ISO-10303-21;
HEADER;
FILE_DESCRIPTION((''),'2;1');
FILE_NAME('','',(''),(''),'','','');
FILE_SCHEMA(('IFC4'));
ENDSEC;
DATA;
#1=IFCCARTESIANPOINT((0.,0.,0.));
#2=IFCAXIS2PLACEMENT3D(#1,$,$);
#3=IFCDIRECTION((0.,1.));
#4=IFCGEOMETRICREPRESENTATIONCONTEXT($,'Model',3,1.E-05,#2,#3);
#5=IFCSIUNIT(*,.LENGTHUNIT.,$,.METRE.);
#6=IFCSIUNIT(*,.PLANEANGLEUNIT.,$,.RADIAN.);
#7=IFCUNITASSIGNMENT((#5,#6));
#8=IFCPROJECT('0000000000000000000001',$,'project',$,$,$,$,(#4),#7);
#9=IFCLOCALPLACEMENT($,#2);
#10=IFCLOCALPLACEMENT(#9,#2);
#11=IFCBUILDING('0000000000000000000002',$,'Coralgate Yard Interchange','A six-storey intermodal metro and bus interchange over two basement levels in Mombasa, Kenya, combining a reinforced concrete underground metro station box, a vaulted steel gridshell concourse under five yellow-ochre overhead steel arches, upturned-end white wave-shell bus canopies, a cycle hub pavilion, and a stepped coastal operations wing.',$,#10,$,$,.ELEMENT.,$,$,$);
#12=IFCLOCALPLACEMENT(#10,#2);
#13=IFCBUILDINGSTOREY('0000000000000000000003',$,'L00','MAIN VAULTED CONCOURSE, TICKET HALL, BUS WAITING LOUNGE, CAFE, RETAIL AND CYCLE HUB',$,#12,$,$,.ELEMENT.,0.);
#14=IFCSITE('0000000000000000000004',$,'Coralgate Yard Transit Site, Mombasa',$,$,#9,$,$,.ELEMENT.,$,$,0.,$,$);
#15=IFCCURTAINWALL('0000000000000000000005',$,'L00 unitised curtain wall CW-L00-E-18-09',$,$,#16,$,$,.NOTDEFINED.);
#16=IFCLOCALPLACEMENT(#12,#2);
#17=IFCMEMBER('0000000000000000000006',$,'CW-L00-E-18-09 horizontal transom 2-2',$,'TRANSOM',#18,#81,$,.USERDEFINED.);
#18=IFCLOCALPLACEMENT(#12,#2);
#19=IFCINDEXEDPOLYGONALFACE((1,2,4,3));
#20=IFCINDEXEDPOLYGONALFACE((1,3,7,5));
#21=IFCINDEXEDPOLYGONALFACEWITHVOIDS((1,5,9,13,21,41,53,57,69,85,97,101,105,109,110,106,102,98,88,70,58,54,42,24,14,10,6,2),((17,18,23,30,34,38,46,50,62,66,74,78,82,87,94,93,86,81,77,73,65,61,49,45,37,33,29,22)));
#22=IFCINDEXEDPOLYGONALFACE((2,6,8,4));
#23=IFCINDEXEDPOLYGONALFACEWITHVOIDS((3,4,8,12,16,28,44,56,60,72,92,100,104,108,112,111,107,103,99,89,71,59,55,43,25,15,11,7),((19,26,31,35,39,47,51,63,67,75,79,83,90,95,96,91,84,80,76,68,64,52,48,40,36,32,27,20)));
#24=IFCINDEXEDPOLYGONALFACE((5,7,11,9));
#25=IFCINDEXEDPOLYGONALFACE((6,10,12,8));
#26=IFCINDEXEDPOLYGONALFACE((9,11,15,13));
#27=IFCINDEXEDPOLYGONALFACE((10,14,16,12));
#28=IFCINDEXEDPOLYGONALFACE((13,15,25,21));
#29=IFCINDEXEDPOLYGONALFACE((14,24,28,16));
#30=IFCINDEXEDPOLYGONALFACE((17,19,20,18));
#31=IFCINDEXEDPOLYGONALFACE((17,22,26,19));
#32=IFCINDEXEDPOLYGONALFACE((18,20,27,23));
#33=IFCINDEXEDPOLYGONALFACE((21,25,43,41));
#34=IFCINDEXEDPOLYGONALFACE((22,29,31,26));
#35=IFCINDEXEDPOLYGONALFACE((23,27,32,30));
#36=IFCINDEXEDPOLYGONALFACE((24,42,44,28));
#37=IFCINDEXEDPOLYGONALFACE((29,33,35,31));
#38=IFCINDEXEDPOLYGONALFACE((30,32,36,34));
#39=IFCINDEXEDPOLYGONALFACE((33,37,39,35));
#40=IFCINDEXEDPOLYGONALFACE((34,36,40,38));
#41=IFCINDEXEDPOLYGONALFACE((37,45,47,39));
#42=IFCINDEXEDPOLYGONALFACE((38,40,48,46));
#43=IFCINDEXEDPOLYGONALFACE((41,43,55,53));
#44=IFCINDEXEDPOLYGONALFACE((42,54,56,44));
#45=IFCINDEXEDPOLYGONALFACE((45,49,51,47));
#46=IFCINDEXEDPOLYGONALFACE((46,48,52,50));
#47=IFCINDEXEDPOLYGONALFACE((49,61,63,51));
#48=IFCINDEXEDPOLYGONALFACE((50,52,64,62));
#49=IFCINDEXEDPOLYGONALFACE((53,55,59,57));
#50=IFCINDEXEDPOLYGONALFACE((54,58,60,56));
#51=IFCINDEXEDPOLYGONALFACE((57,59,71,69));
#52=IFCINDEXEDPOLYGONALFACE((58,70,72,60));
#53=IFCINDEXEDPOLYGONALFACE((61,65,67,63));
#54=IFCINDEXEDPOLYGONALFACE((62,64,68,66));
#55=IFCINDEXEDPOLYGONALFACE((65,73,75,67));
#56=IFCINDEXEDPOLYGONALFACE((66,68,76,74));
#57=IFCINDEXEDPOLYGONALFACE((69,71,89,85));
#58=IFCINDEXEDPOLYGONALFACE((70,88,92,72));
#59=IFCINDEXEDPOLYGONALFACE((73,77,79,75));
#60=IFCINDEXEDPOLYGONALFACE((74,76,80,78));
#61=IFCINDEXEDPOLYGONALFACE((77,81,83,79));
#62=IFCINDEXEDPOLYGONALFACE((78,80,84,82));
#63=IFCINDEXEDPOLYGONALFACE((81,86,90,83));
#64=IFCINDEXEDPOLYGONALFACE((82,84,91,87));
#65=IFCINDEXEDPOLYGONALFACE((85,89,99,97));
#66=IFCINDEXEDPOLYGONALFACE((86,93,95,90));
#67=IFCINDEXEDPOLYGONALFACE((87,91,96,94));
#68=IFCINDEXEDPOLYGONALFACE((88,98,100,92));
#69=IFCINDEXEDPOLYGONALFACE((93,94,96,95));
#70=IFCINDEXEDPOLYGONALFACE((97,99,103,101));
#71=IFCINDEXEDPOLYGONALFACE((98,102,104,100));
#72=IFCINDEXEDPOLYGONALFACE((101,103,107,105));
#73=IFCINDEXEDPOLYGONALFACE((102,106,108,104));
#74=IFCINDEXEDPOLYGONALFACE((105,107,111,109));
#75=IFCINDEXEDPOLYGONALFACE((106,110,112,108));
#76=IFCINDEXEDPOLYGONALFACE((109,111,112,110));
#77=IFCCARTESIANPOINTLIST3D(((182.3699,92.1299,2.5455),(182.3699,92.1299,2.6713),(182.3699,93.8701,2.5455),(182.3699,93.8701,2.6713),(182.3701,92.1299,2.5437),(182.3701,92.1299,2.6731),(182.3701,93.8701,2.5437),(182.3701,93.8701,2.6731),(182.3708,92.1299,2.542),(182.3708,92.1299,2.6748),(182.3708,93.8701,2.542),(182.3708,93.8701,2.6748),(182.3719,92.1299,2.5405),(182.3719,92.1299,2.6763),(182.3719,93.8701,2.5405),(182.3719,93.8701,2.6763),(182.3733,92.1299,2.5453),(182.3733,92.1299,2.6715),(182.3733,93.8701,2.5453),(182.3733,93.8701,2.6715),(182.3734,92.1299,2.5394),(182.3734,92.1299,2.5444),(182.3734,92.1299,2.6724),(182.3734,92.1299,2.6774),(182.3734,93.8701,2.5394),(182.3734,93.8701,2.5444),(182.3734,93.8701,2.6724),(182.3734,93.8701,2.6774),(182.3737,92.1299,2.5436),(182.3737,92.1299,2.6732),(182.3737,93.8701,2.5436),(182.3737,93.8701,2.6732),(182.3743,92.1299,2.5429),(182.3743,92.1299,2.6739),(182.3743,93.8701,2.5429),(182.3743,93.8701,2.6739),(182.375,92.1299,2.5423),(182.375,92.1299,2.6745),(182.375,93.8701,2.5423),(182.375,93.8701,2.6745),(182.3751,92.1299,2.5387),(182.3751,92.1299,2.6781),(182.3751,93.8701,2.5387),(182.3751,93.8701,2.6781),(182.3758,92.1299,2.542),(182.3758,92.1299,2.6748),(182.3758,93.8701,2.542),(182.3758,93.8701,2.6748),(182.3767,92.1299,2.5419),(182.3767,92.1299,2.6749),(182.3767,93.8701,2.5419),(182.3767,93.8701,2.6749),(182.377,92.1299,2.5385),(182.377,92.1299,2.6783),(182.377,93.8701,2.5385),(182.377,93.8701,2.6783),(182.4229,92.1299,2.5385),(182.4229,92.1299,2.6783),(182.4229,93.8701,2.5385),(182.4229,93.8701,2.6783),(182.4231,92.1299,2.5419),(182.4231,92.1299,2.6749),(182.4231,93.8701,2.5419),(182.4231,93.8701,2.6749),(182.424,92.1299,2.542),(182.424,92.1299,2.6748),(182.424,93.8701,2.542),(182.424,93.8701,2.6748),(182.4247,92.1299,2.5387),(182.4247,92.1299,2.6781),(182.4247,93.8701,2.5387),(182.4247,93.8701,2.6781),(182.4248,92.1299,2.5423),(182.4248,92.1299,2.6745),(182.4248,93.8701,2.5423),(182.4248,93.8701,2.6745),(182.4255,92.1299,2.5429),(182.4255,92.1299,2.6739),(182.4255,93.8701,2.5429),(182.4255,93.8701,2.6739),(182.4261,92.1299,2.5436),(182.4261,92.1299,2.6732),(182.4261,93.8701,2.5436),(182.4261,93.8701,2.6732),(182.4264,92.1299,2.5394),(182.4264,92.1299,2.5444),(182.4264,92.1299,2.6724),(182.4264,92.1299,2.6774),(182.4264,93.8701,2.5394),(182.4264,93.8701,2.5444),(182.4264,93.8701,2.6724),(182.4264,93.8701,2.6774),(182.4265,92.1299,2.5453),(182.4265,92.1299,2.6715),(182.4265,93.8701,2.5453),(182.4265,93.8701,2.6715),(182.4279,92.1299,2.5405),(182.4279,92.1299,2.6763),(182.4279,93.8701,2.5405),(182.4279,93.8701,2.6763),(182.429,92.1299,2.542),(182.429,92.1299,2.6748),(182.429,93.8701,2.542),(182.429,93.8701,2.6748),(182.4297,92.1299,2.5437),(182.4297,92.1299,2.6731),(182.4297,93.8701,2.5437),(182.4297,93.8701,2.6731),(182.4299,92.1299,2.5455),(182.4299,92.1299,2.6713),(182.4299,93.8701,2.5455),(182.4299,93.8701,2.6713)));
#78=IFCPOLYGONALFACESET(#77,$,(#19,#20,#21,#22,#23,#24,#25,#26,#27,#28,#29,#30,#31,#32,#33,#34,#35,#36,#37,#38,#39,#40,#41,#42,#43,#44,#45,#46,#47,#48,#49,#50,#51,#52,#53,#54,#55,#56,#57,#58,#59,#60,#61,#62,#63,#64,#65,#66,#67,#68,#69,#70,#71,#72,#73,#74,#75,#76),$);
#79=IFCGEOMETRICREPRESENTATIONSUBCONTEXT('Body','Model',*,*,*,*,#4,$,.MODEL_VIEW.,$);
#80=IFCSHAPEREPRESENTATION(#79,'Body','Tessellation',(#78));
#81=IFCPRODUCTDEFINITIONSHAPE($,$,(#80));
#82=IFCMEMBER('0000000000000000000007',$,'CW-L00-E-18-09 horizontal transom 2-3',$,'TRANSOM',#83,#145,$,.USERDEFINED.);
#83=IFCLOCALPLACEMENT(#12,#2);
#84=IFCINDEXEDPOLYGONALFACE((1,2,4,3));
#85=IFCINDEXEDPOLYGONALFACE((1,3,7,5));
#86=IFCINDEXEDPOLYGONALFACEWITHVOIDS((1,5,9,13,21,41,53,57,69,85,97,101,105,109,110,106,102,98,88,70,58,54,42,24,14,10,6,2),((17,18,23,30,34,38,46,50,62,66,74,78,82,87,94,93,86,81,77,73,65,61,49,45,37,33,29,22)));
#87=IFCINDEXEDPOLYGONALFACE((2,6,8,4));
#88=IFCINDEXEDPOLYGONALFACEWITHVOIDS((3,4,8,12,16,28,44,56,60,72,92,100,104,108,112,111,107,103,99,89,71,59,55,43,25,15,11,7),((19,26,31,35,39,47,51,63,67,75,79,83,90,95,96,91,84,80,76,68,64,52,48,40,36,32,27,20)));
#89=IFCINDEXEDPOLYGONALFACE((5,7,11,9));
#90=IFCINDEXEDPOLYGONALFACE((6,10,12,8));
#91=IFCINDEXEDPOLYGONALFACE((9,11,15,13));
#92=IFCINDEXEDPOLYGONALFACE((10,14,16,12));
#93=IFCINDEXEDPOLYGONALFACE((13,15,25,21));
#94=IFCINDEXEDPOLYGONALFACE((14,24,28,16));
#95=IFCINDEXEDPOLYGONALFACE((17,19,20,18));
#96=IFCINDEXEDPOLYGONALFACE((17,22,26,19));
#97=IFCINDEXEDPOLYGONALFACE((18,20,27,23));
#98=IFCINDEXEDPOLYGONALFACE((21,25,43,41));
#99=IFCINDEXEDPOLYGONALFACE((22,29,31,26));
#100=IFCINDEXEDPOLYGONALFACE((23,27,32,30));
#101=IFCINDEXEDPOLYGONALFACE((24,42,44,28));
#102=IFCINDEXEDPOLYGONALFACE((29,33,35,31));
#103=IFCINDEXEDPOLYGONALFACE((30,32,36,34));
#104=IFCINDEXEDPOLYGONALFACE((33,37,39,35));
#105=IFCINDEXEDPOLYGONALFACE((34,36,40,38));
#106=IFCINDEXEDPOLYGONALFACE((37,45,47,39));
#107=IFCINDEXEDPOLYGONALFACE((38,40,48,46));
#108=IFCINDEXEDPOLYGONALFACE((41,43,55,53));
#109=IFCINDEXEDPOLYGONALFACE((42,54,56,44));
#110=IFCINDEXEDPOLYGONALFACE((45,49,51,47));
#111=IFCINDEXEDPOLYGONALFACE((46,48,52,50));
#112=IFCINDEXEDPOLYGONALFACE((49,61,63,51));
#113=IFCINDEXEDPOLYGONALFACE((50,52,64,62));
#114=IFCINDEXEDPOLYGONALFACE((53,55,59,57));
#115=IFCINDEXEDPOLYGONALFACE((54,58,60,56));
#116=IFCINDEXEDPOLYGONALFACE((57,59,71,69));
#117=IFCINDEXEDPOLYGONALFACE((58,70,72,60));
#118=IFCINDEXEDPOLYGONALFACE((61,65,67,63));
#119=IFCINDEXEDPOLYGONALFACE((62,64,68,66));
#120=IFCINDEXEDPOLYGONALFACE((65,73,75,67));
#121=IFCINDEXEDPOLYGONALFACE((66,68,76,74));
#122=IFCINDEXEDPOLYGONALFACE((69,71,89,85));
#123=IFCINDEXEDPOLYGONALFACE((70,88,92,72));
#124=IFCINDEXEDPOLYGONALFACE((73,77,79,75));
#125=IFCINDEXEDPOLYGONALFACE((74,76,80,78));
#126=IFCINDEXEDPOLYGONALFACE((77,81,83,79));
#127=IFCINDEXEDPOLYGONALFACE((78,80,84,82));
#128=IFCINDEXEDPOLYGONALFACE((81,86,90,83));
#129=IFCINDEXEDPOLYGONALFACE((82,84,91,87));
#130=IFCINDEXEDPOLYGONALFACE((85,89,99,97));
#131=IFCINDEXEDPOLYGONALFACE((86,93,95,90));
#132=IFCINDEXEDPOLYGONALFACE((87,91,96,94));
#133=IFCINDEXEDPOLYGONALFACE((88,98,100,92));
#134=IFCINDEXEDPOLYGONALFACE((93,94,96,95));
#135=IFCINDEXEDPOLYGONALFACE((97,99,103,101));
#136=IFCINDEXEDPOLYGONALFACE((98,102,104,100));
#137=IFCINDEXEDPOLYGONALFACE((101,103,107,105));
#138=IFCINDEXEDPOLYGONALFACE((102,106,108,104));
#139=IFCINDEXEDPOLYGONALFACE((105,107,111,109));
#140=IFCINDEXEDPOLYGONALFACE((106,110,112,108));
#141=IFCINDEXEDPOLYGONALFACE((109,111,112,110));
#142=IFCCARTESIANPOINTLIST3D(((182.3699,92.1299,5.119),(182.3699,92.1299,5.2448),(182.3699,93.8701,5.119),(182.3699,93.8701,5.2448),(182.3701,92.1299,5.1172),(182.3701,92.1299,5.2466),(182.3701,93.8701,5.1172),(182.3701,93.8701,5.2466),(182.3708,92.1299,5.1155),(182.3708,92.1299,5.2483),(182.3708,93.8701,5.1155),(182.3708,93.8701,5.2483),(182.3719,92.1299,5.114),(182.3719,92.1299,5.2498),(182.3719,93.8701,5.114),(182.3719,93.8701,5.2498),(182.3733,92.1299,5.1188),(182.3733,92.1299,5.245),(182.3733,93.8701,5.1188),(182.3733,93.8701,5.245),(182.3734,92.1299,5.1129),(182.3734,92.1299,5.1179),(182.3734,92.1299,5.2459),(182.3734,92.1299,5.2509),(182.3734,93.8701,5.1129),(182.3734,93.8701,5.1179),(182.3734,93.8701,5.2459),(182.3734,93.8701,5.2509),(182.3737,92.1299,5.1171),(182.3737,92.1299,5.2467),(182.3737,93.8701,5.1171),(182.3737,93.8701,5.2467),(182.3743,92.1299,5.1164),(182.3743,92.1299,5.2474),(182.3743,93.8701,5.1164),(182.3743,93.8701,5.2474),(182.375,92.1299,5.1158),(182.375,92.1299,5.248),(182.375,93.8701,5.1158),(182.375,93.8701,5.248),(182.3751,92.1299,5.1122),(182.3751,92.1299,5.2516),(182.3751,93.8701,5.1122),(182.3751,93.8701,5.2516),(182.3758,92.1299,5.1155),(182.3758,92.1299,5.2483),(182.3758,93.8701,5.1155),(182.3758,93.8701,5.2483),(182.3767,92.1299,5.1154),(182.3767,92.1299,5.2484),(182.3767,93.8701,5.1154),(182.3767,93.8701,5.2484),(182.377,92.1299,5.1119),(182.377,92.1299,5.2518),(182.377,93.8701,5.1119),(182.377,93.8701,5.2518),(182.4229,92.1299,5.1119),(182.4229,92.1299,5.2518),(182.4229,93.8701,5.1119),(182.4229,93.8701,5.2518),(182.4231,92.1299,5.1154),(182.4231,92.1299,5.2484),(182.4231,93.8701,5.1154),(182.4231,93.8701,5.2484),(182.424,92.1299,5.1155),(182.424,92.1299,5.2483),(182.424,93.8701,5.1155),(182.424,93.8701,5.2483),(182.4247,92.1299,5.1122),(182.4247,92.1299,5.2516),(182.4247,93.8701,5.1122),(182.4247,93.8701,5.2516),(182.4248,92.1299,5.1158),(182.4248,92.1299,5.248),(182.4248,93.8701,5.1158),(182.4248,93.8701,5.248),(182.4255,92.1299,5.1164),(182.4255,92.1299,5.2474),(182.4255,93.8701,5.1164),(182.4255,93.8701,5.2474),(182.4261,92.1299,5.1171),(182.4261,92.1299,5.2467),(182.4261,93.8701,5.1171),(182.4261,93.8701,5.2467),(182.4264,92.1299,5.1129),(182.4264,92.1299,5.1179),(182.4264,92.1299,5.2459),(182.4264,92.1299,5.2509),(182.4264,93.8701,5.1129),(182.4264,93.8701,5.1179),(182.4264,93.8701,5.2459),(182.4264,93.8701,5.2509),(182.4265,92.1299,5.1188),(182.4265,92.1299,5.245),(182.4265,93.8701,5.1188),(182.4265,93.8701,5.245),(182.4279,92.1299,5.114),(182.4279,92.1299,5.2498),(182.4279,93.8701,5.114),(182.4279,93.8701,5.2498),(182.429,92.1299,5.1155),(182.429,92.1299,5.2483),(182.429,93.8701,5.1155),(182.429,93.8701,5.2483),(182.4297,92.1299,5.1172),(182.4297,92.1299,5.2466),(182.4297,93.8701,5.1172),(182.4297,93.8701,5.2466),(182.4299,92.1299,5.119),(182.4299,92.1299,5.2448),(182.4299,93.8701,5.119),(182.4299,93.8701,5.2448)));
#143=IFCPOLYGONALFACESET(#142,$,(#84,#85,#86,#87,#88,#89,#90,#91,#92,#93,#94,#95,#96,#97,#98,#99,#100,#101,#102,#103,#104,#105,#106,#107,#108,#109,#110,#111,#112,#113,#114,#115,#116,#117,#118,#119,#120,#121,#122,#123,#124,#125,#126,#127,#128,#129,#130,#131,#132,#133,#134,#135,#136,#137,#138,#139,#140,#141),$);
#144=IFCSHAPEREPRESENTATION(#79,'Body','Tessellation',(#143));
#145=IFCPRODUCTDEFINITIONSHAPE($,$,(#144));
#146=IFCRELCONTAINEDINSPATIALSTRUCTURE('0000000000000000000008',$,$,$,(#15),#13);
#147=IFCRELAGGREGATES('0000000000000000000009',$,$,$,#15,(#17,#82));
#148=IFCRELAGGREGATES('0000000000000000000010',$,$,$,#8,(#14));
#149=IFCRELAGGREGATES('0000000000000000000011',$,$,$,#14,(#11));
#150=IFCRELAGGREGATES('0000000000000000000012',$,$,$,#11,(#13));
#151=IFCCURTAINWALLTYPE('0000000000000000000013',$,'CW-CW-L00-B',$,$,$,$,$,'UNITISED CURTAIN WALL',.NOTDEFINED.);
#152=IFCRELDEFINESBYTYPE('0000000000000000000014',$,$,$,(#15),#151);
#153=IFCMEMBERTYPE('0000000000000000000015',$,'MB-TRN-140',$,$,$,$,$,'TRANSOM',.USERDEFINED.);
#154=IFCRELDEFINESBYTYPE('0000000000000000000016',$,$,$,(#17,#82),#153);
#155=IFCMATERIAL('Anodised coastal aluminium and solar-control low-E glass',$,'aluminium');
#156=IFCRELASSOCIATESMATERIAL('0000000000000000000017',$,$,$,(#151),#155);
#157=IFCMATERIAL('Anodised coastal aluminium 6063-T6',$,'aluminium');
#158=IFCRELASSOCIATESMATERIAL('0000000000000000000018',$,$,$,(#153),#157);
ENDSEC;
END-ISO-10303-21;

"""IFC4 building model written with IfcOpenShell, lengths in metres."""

from ifc_helpers import new_model, si_unit, direction, frame, origin, origin_2d, place, context, subcontext, project, spatial, hollow_rectangle, extrude, material, material_profile, profile_set, type_object, element, aggregate, save


model = new_model("IFC4")

# Units and contexts
model_context = context("Model", 3, precision=1e-05, world=origin(), true_north=direction((0.0, 1.0)))
body_context = subcontext(model_context, "Body", "Model", "MODEL_VIEW")
ifc_project = project(units=[si_unit("LENGTHUNIT", "METRE"), si_unit("PLANEANGLEUNIT", "RADIAN")], contexts=[model_context])

# Site, building, storey
site_placement = place(None, origin())
site = spatial("IfcSite", under=ifc_project, at=site_placement, Name="Coralgate Yard Transit Site, Mombasa", CompositionType="ELEMENT", RefElevation=0.0)
building_placement = place(site_placement, origin())
building = spatial("IfcBuilding", under=site, at=building_placement, Name="Coralgate Yard Interchange", Description="A six-storey intermodal metro and bus interchange over two basement levels in Mombasa, Kenya, combining a reinforced concrete underground metro station box, a vaulted steel gridshell concourse under five yellow-ochre overhead steel arches, upturned-end white wave-shell bus canopies, a cycle hub pavilion, and a stepped coastal operations wing.", CompositionType="ELEMENT")
storey_placement = place(building_placement, origin())
storey = spatial("IfcBuildingStorey", under=building, at=storey_placement, Name="L00", Description="MAIN VAULTED CONCOURSE, TICKET HALL, BUS WAITING LOUNGE, CAFE, RETAIL AND CYCLE HUB", CompositionType="ELEMENT", Elevation=0.0)

# Curtain wall, members
ifc_material_1 = material(Name="Anodised coastal aluminium and solar-control low-E glass", Category="aluminium")
curtain_wall_type = type_object("IfcCurtainWallType", Name="CW-CW-L00-B", ElementType="UNITISED CURTAIN WALL", PredefinedType="NOTDEFINED", material=ifc_material_1)
curtain_wall_placement = place(storey_placement, origin())
curtain_wall = element("IfcCurtainWall", 1, at=curtain_wall_placement, inside=storey, type_object=curtain_wall_type, Name="L00 unitised curtain wall CW-L00-E-18-09", PredefinedType="NOTDEFINED")
ifc_material_2 = material(Name="Anodised coastal aluminium 6063-T6", Category="aluminium")
ifc_material_profile_1 = material_profile(ifc_material_2, hollow_rectangle(XDim=0.0601, YDim=0.1399, WallThickness=0.0034, InnerFilletRadius=0.0034, OuterFilletRadius=0.0071, at=origin_2d()), Name="ALU 60x140x3.5")
ifc_profile_set_1 = profile_set([ifc_material_profile_1], Name="Anodised coastal aluminium 6063-T6")
member_type_1 = type_object("IfcMemberType", Name="MB-TRN-140", ElementType="TRANSOM", PredefinedType="USERDEFINED", material=ifc_profile_set_1)
member_1_placement = place(storey_placement, frame((182.3999, 93.8701, 2.6084), z_axis=(0.0, -1.0, 0.0), x_axis=(1.0, 0.0, 0.0)))
member_1 = element("IfcMember", 2, at=member_1_placement, type_object=member_type_1, Name="CW-L00-E-18-09 horizontal transom 2-2", ObjectType="TRANSOM", PredefinedType="USERDEFINED", context=body_context, shape_type="SweptSolid", body=[
    extrude(hollow_rectangle(XDim=0.0601, YDim=0.1399, WallThickness=0.0034, InnerFilletRadius=0.0034, OuterFilletRadius=0.0071, at=origin_2d()), origin(), (0.0, 0.0, 1.0), 1.7402),
])
member_2_placement = place(storey_placement, frame((182.3999, 93.8701, 5.1819), z_axis=(0.0, -1.0, 0.0), x_axis=(1.0, 0.0, 0.0)))
member_2 = element("IfcMember", 3, at=member_2_placement, type_object=member_type_1, Name="CW-L00-E-18-09 horizontal transom 2-3", ObjectType="TRANSOM", PredefinedType="USERDEFINED", context=body_context, shape_type="SweptSolid", body=[
    extrude(hollow_rectangle(XDim=0.0601, YDim=0.1399, WallThickness=0.0034, InnerFilletRadius=0.0034, OuterFilletRadius=0.0071, at=origin_2d()), origin(), (0.0, 0.0, 1.0), 1.7402),
])
aggregate(curtain_wall, [member_1, member_2])

save(model, "model.ifc")
